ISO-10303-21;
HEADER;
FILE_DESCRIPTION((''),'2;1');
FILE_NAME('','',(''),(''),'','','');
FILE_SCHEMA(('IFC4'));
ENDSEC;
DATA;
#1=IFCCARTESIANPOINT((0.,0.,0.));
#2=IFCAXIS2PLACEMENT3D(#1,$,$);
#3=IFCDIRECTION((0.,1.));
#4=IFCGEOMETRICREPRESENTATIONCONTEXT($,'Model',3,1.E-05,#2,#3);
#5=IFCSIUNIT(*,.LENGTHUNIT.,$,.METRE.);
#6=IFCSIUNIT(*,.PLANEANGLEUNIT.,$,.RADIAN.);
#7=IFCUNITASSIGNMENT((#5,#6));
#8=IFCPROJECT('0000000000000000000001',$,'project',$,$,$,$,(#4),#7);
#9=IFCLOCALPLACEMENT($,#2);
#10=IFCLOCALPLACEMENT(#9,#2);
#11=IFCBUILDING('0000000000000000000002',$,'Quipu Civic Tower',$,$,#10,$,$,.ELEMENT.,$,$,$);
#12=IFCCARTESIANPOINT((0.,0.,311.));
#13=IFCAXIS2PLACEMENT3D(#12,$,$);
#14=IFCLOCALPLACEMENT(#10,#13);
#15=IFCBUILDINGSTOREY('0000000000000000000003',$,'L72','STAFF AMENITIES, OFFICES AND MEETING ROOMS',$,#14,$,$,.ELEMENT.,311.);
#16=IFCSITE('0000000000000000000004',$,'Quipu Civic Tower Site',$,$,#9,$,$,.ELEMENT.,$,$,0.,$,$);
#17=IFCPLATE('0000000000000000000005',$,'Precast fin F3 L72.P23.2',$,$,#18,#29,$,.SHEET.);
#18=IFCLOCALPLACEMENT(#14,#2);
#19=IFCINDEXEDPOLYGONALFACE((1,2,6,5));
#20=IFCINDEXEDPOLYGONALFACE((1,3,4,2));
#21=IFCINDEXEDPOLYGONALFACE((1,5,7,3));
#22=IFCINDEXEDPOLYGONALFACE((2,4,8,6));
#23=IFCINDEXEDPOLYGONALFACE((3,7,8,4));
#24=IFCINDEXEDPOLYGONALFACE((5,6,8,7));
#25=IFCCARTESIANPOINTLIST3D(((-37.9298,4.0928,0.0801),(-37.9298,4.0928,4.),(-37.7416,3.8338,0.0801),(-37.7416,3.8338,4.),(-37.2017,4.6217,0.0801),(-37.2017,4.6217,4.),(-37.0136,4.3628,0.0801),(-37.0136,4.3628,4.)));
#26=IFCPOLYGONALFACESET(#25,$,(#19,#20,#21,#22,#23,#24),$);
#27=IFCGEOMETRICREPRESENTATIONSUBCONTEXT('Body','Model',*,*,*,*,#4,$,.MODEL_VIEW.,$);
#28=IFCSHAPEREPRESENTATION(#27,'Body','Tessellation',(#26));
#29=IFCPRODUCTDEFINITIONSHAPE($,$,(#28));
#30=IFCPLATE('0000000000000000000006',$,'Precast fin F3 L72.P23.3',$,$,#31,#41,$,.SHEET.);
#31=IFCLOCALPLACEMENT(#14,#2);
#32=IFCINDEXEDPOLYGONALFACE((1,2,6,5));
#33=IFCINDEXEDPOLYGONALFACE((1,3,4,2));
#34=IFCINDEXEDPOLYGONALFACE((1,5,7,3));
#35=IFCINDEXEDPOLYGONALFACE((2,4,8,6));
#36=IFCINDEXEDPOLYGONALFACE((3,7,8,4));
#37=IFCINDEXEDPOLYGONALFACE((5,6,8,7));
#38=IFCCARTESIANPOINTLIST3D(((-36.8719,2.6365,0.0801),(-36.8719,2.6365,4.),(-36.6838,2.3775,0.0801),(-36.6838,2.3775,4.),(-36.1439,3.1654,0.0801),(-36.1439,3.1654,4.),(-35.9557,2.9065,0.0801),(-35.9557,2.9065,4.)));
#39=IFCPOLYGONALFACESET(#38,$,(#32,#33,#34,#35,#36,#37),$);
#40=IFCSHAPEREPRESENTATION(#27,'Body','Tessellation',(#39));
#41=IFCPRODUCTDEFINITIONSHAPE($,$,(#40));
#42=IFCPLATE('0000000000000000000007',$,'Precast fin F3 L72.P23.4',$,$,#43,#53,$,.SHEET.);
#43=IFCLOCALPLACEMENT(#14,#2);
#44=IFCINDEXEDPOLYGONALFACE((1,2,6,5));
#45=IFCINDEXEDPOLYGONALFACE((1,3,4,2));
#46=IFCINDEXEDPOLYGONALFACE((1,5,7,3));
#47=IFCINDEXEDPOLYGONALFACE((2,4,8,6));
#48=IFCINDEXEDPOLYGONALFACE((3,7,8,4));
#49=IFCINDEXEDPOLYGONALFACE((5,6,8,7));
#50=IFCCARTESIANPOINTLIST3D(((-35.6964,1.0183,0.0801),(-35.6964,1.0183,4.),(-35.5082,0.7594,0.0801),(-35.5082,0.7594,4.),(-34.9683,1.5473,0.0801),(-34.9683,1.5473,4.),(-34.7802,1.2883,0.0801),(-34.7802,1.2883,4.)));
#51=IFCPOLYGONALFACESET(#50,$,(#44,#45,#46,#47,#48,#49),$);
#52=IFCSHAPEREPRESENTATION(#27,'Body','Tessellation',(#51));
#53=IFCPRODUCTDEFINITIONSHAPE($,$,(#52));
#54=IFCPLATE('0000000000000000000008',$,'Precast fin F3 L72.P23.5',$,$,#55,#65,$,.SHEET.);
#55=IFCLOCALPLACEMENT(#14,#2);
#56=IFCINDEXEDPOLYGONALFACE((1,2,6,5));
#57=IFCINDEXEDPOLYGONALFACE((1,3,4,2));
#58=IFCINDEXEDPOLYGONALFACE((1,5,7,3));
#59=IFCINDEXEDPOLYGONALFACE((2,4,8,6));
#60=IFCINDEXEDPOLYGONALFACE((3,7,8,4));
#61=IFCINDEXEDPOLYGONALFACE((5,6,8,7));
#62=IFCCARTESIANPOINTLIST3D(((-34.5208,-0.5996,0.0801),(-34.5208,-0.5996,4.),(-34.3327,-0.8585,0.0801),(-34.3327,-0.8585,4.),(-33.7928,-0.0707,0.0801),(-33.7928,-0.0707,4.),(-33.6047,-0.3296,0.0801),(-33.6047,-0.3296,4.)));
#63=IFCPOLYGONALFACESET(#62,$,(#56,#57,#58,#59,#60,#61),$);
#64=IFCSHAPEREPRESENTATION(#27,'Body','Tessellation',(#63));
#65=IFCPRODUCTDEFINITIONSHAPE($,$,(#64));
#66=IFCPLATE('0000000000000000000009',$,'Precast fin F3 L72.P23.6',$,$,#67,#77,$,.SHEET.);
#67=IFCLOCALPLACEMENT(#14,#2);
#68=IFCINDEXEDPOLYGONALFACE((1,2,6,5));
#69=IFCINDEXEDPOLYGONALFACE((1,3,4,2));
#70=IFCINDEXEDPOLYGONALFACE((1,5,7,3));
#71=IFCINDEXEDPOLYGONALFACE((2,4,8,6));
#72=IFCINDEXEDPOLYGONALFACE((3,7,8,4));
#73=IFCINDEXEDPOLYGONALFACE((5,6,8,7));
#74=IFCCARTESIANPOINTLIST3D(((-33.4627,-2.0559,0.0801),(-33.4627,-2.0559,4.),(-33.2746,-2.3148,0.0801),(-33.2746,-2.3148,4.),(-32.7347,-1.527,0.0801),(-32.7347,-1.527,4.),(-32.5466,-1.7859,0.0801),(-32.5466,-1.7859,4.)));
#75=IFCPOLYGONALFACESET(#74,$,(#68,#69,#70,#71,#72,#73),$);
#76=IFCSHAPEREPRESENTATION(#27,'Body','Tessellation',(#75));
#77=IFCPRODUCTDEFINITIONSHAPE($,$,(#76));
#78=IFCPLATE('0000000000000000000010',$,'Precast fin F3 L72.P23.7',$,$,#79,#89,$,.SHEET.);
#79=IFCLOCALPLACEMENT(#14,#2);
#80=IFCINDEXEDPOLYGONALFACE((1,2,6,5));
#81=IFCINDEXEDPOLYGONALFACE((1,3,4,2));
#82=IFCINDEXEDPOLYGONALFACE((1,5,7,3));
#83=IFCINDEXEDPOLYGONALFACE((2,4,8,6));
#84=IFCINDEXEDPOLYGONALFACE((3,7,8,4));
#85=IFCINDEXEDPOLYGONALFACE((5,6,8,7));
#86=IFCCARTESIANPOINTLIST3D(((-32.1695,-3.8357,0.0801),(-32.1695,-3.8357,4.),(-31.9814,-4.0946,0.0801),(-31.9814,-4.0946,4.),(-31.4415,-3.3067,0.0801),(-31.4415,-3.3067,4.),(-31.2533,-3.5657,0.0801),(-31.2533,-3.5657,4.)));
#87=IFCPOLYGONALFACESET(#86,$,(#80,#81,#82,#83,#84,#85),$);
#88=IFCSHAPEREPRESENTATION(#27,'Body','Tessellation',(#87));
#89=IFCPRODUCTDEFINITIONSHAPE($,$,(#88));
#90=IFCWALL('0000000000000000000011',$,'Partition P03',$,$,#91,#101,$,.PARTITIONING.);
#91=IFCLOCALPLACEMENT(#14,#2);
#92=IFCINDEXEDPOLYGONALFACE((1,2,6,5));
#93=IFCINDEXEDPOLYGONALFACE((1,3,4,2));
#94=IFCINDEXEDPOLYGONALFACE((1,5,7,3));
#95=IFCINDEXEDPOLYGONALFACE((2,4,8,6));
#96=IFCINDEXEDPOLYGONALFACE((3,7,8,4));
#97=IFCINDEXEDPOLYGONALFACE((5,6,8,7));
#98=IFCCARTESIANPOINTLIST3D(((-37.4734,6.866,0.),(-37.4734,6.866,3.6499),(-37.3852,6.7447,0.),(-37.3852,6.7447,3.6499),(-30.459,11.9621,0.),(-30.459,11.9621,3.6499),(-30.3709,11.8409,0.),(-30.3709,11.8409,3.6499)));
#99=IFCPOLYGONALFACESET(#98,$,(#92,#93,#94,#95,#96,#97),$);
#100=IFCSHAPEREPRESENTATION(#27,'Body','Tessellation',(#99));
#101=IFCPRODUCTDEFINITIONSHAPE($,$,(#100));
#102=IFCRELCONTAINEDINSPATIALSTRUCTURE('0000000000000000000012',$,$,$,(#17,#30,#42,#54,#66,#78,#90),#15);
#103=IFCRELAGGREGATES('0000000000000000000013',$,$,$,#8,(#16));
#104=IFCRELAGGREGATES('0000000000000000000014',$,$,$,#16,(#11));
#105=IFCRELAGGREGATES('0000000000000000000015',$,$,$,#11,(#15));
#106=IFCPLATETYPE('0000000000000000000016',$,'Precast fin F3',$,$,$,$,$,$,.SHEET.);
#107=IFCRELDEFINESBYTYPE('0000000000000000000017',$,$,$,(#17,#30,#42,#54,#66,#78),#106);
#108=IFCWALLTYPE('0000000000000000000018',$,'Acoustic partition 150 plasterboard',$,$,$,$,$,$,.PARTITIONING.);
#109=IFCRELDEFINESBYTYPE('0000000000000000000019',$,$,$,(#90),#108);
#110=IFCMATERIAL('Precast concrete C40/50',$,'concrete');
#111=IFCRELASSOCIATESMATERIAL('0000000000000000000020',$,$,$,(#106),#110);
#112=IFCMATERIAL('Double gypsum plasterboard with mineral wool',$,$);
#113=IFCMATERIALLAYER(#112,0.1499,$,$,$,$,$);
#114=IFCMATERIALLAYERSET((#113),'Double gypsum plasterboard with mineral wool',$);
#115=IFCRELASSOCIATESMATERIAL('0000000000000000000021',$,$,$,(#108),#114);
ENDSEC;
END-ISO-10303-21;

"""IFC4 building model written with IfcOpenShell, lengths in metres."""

from ifc_helpers import new_model, si_unit, direction, frame, frame_2d, origin, origin_2d, place, context, subcontext, project, spatial, rectangle, extrude, material, layer, layer_set, type_object, element, save


model = new_model("IFC4")

# Units and contexts
model_context = context("Model", 3, precision=1e-05, world=origin(), true_north=direction((0.0, 1.0)))
body_context = subcontext(model_context, "Body", "Model", "MODEL_VIEW")
ifc_project = project(units=[si_unit("LENGTHUNIT", "METRE"), si_unit("PLANEANGLEUNIT", "RADIAN")], contexts=[model_context])

# Site, building, storey
site_placement = place(None, origin())
site = spatial("IfcSite", under=ifc_project, at=site_placement, Name="Quipu Civic Tower Site", CompositionType="ELEMENT", RefElevation=0.0)
building_placement = place(site_placement, origin())
building = spatial("IfcBuilding", under=site, at=building_placement, Name="Quipu Civic Tower", CompositionType="ELEMENT")
storey_placement = place(building_placement, frame((0.0, 0.0, 311.0)))
storey = spatial("IfcBuildingStorey", under=building, at=storey_placement, Name="L72", Description="STAFF AMENITIES, OFFICES AND MEETING ROOMS", CompositionType="ELEMENT", Elevation=311.0)

# Plates
ifc_material_1 = material(Name="Precast concrete C40/50", Category="concrete")
plate_type_1 = type_object("IfcPlateType", Name="Precast fin F3", PredefinedType="SHEET", material=ifc_material_1)
for number, where, z_axis, x_axis, name in (
    (1, (-37.4717, 4.2278, 0.0801), (0.0, 0.0, 1.0), (0.587787, -0.809016, 0.0), "Precast fin F3 L72.P23.2"),
    (2, (-36.4138, 2.7715, 0.0801), (0.0, 0.0, 1.0), (0.587787, -0.809016, 0.0), "Precast fin F3 L72.P23.3"),
    (3, (-35.2383, 1.1533, 0.0801), (0.0, 0.0, 1.0), (0.587787, -0.809016, 0.0), "Precast fin F3 L72.P23.4"),
    (4, (-34.0627, -0.4646, 0.0801), (0.0, 0.0, 1.0), (0.587787, -0.809016, 0.0), "Precast fin F3 L72.P23.5"),
    (5, (-33.0046, -1.9209, 0.0801), (0.0, 0.0, 1.0), (0.587787, -0.809016, 0.0), "Precast fin F3 L72.P23.6"),
    (6, (-31.7114, -3.7007, 0.0801), (0.0, 0.0, 1.0), (0.587787, -0.809016, 0.0), "Precast fin F3 L72.P23.7"),
):
    element("IfcPlate", number, at=place(storey_placement, frame(where, z_axis=z_axis, x_axis=x_axis)), inside=storey, type_object=plate_type_1, Name=name, PredefinedType="SHEET", context=body_context, shape_type="SweptSolid", body=[
        extrude(rectangle(XDim=0.3201, YDim=0.8999, at=origin_2d()), origin(), (0.0, 0.0, 1.0), 3.9199),
    ])

# Wall
ifc_material_2 = material(Name="Double gypsum plasterboard with mineral wool")
ifc_layer_1 = layer(ifc_material_2, 0.1499)
ifc_layer_set_1 = layer_set([ifc_layer_1], Name="Double gypsum plasterboard with mineral wool")
wall_type = type_object("IfcWallType", Name="Acoustic partition 150 plasterboard", PredefinedType="PARTITIONING", material=ifc_layer_set_1)
wall_placement = place(storey_placement, frame((-37.4292, 6.8054, 0.0), z_axis=(0.0, 0.0, 1.0), x_axis=(0.809021, 0.58778, 0.0)))
element("IfcWall", 7, at=wall_placement, inside=storey, type_object=wall_type, Name="Partition P03", PredefinedType="PARTITIONING", context=body_context, shape_type="SweptSolid", body=[
    extrude(rectangle(XDim=8.6702, YDim=0.1499, at=frame_2d((4.335, 0.0))), origin(), (0.0, 0.0, 1.0), 3.6499),
])

save(model, "model.ifc")
